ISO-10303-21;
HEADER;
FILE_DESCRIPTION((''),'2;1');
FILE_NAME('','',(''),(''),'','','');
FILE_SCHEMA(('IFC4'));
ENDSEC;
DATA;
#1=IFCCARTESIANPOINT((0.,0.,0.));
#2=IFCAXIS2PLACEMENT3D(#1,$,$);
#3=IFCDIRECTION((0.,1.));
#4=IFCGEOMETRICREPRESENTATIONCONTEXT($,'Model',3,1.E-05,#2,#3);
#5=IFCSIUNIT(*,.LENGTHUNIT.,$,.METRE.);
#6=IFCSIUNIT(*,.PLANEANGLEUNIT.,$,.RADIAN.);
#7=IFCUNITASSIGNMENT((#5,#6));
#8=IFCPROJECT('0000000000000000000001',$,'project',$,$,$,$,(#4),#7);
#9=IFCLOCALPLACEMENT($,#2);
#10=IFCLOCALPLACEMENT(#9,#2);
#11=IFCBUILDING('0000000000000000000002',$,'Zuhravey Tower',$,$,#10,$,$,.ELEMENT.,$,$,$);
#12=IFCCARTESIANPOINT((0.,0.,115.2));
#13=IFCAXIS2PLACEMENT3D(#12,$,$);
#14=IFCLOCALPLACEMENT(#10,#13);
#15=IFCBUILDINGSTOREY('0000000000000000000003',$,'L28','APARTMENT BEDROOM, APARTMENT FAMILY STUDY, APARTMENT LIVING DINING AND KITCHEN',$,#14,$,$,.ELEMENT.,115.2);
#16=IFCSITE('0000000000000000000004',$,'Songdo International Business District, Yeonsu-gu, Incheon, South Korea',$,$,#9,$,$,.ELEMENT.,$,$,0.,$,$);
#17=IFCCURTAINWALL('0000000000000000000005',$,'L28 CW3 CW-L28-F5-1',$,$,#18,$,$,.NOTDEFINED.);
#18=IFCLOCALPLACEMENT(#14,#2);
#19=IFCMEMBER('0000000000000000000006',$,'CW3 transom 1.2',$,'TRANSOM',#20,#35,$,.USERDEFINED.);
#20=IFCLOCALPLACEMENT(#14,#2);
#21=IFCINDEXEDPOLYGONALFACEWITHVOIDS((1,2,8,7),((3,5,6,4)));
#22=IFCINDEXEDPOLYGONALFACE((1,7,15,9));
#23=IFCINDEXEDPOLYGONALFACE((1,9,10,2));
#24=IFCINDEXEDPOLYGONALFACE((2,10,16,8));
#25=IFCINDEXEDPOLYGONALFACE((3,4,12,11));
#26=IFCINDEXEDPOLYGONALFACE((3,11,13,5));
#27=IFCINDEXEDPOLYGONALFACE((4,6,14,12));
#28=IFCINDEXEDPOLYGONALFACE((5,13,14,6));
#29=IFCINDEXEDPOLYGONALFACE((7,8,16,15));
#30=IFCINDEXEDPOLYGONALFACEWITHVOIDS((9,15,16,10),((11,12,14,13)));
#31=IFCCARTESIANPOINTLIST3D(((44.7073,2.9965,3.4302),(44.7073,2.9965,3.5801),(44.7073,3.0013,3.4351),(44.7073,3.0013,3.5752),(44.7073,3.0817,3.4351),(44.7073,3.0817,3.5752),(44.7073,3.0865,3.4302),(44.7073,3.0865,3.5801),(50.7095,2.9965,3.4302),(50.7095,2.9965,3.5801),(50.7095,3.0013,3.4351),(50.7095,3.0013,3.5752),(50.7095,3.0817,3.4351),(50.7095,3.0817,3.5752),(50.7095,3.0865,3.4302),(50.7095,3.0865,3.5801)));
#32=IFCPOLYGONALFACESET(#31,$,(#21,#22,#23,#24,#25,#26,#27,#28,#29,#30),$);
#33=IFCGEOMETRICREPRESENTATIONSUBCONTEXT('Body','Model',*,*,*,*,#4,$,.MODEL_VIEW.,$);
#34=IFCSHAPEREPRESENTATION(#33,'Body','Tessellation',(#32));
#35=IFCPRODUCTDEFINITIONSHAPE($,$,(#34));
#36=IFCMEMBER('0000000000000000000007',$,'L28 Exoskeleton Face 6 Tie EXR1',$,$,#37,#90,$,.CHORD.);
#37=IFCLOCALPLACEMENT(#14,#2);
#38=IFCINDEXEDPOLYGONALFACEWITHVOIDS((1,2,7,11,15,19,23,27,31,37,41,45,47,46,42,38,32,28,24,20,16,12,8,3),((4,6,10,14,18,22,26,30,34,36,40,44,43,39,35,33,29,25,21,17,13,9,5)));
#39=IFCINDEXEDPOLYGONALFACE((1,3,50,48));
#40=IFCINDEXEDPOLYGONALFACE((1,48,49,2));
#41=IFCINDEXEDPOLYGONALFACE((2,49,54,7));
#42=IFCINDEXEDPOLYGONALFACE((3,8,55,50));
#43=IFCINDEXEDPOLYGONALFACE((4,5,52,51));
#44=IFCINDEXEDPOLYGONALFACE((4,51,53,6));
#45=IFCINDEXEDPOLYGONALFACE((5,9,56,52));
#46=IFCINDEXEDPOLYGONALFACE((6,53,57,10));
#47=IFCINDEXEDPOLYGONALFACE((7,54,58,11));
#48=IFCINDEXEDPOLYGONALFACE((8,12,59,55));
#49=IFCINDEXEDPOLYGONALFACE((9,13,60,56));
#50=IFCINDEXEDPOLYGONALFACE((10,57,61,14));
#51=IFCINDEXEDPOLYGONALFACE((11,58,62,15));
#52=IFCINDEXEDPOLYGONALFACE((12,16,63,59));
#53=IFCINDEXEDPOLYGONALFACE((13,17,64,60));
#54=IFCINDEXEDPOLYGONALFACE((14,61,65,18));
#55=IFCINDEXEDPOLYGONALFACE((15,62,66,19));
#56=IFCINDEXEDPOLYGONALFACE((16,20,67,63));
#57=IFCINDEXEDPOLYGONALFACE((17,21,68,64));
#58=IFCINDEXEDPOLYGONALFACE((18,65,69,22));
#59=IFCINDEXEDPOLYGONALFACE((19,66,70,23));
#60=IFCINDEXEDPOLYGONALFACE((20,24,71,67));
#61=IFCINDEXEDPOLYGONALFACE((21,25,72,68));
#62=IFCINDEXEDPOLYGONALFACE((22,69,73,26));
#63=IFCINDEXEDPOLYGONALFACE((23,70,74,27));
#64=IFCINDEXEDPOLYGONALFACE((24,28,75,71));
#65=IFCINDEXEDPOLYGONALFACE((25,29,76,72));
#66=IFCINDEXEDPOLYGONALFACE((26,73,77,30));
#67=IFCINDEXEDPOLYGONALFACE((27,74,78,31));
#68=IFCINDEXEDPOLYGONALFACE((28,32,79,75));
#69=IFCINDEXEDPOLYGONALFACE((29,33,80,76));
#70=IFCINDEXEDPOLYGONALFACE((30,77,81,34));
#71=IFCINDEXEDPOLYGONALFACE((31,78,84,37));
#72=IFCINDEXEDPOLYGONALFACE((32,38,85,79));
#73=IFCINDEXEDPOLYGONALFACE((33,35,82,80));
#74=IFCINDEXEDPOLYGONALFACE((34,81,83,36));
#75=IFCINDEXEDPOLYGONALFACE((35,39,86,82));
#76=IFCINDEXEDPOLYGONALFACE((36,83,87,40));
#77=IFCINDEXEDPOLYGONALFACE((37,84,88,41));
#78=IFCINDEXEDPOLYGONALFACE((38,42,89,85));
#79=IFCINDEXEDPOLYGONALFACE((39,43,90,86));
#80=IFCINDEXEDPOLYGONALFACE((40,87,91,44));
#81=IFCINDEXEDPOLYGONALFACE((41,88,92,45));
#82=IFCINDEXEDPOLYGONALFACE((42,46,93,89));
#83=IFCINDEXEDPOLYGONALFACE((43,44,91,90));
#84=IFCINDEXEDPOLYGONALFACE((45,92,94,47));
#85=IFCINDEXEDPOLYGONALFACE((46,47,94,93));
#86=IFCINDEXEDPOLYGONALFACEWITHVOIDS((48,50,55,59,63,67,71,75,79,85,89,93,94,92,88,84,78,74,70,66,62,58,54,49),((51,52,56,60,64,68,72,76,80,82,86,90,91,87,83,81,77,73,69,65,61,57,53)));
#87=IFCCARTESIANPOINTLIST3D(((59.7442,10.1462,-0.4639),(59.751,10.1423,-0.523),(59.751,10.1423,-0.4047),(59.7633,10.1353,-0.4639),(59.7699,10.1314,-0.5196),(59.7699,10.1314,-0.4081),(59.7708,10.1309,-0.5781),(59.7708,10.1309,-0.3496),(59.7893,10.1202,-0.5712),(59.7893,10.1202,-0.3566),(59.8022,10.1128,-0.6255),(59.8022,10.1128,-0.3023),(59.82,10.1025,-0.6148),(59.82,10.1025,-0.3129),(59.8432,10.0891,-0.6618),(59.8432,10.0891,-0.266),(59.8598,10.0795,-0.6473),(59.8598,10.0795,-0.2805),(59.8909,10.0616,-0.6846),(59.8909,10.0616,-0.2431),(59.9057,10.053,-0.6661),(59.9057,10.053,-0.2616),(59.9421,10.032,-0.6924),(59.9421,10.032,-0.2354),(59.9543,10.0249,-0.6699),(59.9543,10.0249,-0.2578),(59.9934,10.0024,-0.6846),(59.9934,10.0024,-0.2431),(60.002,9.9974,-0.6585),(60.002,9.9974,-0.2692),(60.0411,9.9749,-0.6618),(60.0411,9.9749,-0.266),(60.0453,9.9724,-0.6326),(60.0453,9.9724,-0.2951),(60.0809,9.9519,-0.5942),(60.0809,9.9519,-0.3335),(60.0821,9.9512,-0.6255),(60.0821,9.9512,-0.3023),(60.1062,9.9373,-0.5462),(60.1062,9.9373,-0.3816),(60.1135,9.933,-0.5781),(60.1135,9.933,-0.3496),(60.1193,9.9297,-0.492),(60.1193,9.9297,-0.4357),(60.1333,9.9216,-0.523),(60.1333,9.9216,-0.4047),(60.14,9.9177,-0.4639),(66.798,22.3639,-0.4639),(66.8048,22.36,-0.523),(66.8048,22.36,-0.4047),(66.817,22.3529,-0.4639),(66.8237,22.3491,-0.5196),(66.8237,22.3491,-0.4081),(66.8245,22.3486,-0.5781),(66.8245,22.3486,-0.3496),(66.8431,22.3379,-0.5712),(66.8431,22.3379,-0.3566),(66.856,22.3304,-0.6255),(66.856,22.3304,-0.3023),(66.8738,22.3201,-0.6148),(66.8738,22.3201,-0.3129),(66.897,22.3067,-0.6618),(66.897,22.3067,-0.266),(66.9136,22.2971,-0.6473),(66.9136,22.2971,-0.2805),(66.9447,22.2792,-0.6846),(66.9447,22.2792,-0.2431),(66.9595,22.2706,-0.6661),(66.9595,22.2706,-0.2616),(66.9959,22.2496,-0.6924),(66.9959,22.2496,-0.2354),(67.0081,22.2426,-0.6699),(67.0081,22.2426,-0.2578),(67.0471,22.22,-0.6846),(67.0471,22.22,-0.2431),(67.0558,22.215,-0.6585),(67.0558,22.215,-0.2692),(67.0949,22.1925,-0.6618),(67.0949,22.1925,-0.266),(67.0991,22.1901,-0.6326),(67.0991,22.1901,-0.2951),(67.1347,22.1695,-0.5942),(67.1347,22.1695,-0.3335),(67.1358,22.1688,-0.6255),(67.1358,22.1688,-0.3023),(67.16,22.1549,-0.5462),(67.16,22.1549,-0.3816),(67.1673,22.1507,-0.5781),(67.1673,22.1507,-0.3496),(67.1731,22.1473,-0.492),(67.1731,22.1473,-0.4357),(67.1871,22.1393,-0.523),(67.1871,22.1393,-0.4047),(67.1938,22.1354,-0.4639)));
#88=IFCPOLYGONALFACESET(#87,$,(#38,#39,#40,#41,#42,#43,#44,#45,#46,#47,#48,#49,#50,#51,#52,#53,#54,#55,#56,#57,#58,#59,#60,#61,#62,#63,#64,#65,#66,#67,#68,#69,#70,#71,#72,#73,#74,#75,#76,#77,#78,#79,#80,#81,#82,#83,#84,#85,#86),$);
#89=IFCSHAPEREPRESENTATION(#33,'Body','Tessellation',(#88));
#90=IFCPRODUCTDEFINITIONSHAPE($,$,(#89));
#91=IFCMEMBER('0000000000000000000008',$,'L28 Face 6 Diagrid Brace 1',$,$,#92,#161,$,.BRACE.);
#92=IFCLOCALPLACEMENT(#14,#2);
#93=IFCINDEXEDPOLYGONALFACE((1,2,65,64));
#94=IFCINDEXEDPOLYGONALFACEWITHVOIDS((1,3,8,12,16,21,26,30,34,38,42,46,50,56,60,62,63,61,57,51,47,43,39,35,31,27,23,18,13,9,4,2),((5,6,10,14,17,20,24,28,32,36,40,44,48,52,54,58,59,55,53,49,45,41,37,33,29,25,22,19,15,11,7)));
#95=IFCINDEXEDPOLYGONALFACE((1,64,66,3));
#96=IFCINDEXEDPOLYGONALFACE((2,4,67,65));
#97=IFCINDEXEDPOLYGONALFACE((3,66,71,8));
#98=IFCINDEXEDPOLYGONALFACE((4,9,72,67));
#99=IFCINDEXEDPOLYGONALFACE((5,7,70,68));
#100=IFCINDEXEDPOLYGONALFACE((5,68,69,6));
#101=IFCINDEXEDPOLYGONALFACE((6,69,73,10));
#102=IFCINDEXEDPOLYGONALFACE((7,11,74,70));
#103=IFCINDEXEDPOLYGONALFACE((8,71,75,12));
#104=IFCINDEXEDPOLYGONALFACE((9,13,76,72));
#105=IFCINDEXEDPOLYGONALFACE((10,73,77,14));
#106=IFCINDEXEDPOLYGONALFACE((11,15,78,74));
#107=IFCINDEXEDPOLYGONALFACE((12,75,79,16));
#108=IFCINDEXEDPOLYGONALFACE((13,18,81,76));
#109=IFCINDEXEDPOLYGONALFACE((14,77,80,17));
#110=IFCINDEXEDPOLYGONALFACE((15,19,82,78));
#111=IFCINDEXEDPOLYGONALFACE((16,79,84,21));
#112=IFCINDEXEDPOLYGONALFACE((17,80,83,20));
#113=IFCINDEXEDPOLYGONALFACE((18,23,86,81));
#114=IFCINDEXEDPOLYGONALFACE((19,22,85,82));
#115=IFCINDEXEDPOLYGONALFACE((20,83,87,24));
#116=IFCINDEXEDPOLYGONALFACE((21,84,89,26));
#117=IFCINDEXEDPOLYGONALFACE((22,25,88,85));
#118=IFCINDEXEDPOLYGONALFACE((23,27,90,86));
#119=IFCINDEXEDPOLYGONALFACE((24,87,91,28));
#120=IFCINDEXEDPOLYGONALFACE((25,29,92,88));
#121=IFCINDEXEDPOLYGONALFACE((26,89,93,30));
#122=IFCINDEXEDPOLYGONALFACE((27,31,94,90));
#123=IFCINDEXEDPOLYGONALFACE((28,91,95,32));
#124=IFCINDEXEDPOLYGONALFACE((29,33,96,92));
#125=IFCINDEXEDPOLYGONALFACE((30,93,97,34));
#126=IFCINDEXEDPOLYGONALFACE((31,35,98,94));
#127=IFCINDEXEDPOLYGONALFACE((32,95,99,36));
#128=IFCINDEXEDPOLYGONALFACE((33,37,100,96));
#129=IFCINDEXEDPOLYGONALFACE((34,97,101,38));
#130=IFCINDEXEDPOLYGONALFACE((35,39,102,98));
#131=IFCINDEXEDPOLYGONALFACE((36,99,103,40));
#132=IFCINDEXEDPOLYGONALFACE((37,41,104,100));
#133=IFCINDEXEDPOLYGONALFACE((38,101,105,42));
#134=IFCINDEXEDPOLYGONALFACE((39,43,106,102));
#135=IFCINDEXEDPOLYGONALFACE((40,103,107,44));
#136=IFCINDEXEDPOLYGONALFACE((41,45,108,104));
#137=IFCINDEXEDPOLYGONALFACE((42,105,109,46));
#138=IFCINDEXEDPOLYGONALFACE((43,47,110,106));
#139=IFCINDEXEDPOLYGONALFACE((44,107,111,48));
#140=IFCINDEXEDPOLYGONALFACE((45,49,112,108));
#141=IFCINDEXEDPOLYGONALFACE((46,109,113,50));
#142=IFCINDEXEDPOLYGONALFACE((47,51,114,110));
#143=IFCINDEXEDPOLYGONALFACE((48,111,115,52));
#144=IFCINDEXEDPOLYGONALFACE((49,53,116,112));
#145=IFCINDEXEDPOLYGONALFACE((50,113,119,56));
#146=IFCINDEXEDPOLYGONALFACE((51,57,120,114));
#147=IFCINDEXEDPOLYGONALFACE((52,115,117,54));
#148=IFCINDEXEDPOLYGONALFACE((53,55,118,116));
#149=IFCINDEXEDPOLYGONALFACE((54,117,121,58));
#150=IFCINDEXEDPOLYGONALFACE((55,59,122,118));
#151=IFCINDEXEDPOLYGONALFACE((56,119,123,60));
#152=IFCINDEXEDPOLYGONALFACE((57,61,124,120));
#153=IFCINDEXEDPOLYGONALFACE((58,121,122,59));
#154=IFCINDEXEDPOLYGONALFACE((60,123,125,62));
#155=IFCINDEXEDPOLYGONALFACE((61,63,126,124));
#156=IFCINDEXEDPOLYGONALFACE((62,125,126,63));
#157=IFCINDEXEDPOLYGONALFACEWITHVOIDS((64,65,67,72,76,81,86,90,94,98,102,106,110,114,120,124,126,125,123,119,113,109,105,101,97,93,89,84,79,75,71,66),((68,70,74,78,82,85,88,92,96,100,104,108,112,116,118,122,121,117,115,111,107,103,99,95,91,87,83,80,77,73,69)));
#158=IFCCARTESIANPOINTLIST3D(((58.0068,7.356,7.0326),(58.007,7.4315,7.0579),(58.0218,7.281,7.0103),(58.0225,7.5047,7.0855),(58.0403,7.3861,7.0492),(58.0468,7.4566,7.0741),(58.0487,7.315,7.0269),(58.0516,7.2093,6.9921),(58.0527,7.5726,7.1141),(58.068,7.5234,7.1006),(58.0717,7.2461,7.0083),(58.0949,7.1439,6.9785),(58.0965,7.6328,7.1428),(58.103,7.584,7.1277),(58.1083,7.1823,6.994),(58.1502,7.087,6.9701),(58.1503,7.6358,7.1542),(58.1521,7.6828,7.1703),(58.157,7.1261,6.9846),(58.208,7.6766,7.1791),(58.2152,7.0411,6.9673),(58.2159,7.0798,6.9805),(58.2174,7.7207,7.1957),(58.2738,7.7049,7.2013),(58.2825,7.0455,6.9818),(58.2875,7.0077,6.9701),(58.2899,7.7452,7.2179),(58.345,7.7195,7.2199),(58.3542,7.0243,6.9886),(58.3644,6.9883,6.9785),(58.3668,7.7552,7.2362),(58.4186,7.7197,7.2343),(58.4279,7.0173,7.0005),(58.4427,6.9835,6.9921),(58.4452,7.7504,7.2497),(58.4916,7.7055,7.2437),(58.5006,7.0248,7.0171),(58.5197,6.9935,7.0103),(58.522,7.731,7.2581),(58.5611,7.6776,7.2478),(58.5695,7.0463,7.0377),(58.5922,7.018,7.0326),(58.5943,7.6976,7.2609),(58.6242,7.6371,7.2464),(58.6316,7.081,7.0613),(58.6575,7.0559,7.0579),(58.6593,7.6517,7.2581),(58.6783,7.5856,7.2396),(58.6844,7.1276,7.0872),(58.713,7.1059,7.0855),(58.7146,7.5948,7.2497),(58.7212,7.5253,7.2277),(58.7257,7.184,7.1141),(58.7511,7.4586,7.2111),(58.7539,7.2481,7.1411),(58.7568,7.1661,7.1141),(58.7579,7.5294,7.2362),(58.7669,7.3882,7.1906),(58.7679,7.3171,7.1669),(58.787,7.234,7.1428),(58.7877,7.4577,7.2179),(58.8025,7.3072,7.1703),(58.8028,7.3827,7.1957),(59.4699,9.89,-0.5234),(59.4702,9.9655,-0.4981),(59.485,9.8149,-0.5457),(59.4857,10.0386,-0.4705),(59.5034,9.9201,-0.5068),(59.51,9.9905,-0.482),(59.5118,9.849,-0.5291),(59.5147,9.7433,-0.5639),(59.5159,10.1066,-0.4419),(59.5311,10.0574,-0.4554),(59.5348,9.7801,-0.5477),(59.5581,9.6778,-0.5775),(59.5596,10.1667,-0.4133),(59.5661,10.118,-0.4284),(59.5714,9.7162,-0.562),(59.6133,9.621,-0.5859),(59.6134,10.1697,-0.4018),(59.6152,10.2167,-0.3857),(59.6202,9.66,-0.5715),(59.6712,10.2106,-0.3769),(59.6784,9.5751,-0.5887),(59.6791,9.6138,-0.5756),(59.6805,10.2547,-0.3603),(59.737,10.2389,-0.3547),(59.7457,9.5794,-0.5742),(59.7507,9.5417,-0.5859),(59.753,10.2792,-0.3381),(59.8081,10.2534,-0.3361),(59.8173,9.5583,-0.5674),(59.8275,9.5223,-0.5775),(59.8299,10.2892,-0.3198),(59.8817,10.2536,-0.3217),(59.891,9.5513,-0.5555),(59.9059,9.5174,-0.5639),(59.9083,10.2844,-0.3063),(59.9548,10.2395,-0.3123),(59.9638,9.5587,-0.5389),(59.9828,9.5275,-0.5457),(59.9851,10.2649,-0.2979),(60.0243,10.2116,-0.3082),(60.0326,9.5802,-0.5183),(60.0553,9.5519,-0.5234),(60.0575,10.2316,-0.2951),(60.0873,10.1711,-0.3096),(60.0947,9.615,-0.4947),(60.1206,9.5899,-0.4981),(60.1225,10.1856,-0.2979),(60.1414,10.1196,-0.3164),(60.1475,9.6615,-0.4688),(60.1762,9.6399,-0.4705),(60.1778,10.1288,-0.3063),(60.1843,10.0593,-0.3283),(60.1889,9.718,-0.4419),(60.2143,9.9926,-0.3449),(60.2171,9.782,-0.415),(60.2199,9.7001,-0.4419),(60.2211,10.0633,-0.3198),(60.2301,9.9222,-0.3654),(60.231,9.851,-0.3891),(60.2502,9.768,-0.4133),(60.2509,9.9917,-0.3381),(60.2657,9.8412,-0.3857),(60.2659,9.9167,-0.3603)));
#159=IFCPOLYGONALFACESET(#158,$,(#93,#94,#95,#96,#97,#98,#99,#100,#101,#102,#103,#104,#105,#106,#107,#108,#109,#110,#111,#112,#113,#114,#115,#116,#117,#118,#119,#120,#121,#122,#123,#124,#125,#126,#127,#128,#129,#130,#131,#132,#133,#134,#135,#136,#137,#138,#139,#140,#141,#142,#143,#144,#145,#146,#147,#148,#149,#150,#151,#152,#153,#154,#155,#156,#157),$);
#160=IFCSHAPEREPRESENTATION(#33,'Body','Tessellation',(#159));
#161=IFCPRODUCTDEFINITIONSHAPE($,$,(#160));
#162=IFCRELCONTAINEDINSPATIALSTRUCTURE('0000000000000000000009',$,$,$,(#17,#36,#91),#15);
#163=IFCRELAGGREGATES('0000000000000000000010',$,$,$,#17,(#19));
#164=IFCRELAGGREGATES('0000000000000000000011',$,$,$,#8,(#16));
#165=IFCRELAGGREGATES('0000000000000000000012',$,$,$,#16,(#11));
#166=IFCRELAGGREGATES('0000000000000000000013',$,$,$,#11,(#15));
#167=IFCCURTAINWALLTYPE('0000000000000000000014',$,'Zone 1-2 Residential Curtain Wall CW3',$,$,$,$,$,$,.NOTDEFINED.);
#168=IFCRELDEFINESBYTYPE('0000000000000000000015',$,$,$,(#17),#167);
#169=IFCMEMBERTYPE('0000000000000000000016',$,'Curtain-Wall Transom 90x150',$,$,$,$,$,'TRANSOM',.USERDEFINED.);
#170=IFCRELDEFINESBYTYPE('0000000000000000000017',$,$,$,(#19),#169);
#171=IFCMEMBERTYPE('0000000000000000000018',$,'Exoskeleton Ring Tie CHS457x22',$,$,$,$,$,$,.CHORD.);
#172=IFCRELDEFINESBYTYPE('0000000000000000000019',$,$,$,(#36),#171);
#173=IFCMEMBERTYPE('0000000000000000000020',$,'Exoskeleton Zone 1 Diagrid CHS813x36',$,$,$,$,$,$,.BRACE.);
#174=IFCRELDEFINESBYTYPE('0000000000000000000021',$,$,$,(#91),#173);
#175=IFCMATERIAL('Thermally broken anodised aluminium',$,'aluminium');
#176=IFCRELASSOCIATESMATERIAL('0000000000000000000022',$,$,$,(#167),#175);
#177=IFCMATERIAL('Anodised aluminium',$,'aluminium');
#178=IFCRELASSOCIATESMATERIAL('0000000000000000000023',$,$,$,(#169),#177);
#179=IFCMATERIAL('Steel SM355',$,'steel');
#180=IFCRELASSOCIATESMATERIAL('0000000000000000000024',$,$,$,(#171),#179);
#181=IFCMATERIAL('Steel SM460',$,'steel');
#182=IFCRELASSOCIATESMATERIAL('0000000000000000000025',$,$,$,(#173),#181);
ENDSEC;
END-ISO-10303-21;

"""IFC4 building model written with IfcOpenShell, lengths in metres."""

from ifc_helpers import new_model, si_unit, direction, frame, origin, origin_2d, place, context, subcontext, project, spatial, hollow_rectangle, hollow_circle, extrude, material, material_profile, profile_set, type_object, element, aggregate, save


model = new_model("IFC4")

# Units and contexts
model_context = context("Model", 3, precision=1e-05, world=origin(), true_north=direction((0.0, 1.0)))
body_context = subcontext(model_context, "Body", "Model", "MODEL_VIEW")
ifc_project = project(units=[si_unit("LENGTHUNIT", "METRE"), si_unit("PLANEANGLEUNIT", "RADIAN")], contexts=[model_context])

# Site, building, storey
site_placement = place(None, origin())
site = spatial("IfcSite", under=ifc_project, at=site_placement, Name="Songdo International Business District, Yeonsu-gu, Incheon, South Korea", CompositionType="ELEMENT", RefElevation=0.0)
building_placement = place(site_placement, origin())
building = spatial("IfcBuilding", under=site, at=building_placement, Name="Zuhravey Tower", CompositionType="ELEMENT")
storey_placement = place(building_placement, frame((0.0, 0.0, 115.2)))
storey = spatial("IfcBuildingStorey", under=building, at=storey_placement, Name="L28", Description="APARTMENT BEDROOM, APARTMENT FAMILY STUDY, APARTMENT LIVING DINING AND KITCHEN", CompositionType="ELEMENT", Elevation=115.2)

# Shared definitions
ifc_material_1 = material(Name="Thermally broken anodised aluminium", Category="aluminium")
curtain_wall_type = type_object("IfcCurtainWallType", Name="Zone 1-2 Residential Curtain Wall CW3", PredefinedType="NOTDEFINED", material=ifc_material_1)
ifc_material_2 = material(Name="Anodised aluminium", Category="aluminium")

# Curtain wall
curtain_wall_1_placement = place(storey_placement, origin())
curtain_wall_1 = element("IfcCurtainWall", 1, at=curtain_wall_1_placement, inside=storey, type_object=curtain_wall_type, Name="L28 CW3 CW-L28-F5-1", PredefinedType="NOTDEFINED")

# Member
ifc_material_profile_1 = material_profile(ifc_material_2, hollow_rectangle(XDim=0.0901, YDim=0.1499, WallThickness=0.0049, at=origin_2d()), Name="ALU-RHS-90x150x5")
ifc_profile_set_1 = profile_set([ifc_material_profile_1], Name="Anodised aluminium")
member_type_1 = type_object("IfcMemberType", Name="Curtain-Wall Transom 90x150", ElementType="TRANSOM", PredefinedType="USERDEFINED", material=ifc_profile_set_1)
member_1_placement = place(storey_placement, frame((50.7095, 3.0415, 3.5051), z_axis=(-1.0, 0.0, 0.0), x_axis=(0.0, -1.0, 0.0)))
member_1 = element("IfcMember", 2, at=member_1_placement, type_object=member_type_1, Name="CW3 transom 1.2", ObjectType="TRANSOM", PredefinedType="USERDEFINED", context=body_context, shape_type="SweptSolid", body=[
    extrude(hollow_rectangle(XDim=0.0901, YDim=0.1499, WallThickness=0.0049, at=origin_2d()), origin(), (0.0, 0.0, 1.0), 6.0022),
])
aggregate(curtain_wall_1, [member_1])

# Members
ifc_material_3 = material(Name="Steel SM355", Category="steel")
ifc_material_profile_2 = material_profile(ifc_material_3, hollow_circle(Radius=0.2285, WallThickness=0.022, at=origin_2d()), Name="CHS-457.2x22")
ifc_profile_set_2 = profile_set([ifc_material_profile_2], Name="Steel SM355")
member_type_2 = type_object("IfcMemberType", Name="Exoskeleton Ring Tie CHS457x22", PredefinedType="CHORD", material=ifc_profile_set_2)
member_2_placement = place(storey_placement, frame((59.9421, 10.032, -0.4639), z_axis=(0.499996, 0.866028, 0.0), x_axis=(-0.866028, 0.499996, 0.0)))
element("IfcMember", 3, at=member_2_placement, inside=storey, type_object=member_type_2, Name="L28 Exoskeleton Face 6 Tie EXR1", PredefinedType="CHORD", context=body_context, shape_type="SweptSolid", body=[
    extrude(hollow_circle(Radius=0.2285, WallThickness=0.022, at=origin_2d()), origin(), (0.0, 0.0, 1.0), 14.1077),
])
ifc_material_4 = material(Name="Steel SM460", Category="steel")
ifc_material_profile_3 = material_profile(ifc_material_4, hollow_circle(Radius=0.4065, WallThickness=0.0359, at=origin_2d()), Name="CHS-812.8x36")
ifc_profile_set_3 = profile_set([ifc_material_profile_3], Name="Steel SM460")
member_type_3 = type_object("IfcMemberType", Name="Exoskeleton Zone 1 Diagrid CHS813x36", PredefinedType="BRACE", material=ifc_profile_set_3)
member_3_placement = place(storey_placement, frame((59.8679, 9.9033, -0.4419), z_axis=(-0.180574, -0.312728, 0.93252), x_axis=(0.866001, -0.500043, 0.0)))
element("IfcMember", 4, at=member_3_placement, inside=storey, type_object=member_type_3, Name="L28 Face 6 Diagrid Brace 1", PredefinedType="BRACE", context=body_context, shape_type="SweptSolid", body=[
    extrude(hollow_circle(Radius=0.4065, WallThickness=0.0359, at=origin_2d()), origin(), (0.0, 0.0, 1.0), 8.1028),
])

save(model, "model.ifc")
